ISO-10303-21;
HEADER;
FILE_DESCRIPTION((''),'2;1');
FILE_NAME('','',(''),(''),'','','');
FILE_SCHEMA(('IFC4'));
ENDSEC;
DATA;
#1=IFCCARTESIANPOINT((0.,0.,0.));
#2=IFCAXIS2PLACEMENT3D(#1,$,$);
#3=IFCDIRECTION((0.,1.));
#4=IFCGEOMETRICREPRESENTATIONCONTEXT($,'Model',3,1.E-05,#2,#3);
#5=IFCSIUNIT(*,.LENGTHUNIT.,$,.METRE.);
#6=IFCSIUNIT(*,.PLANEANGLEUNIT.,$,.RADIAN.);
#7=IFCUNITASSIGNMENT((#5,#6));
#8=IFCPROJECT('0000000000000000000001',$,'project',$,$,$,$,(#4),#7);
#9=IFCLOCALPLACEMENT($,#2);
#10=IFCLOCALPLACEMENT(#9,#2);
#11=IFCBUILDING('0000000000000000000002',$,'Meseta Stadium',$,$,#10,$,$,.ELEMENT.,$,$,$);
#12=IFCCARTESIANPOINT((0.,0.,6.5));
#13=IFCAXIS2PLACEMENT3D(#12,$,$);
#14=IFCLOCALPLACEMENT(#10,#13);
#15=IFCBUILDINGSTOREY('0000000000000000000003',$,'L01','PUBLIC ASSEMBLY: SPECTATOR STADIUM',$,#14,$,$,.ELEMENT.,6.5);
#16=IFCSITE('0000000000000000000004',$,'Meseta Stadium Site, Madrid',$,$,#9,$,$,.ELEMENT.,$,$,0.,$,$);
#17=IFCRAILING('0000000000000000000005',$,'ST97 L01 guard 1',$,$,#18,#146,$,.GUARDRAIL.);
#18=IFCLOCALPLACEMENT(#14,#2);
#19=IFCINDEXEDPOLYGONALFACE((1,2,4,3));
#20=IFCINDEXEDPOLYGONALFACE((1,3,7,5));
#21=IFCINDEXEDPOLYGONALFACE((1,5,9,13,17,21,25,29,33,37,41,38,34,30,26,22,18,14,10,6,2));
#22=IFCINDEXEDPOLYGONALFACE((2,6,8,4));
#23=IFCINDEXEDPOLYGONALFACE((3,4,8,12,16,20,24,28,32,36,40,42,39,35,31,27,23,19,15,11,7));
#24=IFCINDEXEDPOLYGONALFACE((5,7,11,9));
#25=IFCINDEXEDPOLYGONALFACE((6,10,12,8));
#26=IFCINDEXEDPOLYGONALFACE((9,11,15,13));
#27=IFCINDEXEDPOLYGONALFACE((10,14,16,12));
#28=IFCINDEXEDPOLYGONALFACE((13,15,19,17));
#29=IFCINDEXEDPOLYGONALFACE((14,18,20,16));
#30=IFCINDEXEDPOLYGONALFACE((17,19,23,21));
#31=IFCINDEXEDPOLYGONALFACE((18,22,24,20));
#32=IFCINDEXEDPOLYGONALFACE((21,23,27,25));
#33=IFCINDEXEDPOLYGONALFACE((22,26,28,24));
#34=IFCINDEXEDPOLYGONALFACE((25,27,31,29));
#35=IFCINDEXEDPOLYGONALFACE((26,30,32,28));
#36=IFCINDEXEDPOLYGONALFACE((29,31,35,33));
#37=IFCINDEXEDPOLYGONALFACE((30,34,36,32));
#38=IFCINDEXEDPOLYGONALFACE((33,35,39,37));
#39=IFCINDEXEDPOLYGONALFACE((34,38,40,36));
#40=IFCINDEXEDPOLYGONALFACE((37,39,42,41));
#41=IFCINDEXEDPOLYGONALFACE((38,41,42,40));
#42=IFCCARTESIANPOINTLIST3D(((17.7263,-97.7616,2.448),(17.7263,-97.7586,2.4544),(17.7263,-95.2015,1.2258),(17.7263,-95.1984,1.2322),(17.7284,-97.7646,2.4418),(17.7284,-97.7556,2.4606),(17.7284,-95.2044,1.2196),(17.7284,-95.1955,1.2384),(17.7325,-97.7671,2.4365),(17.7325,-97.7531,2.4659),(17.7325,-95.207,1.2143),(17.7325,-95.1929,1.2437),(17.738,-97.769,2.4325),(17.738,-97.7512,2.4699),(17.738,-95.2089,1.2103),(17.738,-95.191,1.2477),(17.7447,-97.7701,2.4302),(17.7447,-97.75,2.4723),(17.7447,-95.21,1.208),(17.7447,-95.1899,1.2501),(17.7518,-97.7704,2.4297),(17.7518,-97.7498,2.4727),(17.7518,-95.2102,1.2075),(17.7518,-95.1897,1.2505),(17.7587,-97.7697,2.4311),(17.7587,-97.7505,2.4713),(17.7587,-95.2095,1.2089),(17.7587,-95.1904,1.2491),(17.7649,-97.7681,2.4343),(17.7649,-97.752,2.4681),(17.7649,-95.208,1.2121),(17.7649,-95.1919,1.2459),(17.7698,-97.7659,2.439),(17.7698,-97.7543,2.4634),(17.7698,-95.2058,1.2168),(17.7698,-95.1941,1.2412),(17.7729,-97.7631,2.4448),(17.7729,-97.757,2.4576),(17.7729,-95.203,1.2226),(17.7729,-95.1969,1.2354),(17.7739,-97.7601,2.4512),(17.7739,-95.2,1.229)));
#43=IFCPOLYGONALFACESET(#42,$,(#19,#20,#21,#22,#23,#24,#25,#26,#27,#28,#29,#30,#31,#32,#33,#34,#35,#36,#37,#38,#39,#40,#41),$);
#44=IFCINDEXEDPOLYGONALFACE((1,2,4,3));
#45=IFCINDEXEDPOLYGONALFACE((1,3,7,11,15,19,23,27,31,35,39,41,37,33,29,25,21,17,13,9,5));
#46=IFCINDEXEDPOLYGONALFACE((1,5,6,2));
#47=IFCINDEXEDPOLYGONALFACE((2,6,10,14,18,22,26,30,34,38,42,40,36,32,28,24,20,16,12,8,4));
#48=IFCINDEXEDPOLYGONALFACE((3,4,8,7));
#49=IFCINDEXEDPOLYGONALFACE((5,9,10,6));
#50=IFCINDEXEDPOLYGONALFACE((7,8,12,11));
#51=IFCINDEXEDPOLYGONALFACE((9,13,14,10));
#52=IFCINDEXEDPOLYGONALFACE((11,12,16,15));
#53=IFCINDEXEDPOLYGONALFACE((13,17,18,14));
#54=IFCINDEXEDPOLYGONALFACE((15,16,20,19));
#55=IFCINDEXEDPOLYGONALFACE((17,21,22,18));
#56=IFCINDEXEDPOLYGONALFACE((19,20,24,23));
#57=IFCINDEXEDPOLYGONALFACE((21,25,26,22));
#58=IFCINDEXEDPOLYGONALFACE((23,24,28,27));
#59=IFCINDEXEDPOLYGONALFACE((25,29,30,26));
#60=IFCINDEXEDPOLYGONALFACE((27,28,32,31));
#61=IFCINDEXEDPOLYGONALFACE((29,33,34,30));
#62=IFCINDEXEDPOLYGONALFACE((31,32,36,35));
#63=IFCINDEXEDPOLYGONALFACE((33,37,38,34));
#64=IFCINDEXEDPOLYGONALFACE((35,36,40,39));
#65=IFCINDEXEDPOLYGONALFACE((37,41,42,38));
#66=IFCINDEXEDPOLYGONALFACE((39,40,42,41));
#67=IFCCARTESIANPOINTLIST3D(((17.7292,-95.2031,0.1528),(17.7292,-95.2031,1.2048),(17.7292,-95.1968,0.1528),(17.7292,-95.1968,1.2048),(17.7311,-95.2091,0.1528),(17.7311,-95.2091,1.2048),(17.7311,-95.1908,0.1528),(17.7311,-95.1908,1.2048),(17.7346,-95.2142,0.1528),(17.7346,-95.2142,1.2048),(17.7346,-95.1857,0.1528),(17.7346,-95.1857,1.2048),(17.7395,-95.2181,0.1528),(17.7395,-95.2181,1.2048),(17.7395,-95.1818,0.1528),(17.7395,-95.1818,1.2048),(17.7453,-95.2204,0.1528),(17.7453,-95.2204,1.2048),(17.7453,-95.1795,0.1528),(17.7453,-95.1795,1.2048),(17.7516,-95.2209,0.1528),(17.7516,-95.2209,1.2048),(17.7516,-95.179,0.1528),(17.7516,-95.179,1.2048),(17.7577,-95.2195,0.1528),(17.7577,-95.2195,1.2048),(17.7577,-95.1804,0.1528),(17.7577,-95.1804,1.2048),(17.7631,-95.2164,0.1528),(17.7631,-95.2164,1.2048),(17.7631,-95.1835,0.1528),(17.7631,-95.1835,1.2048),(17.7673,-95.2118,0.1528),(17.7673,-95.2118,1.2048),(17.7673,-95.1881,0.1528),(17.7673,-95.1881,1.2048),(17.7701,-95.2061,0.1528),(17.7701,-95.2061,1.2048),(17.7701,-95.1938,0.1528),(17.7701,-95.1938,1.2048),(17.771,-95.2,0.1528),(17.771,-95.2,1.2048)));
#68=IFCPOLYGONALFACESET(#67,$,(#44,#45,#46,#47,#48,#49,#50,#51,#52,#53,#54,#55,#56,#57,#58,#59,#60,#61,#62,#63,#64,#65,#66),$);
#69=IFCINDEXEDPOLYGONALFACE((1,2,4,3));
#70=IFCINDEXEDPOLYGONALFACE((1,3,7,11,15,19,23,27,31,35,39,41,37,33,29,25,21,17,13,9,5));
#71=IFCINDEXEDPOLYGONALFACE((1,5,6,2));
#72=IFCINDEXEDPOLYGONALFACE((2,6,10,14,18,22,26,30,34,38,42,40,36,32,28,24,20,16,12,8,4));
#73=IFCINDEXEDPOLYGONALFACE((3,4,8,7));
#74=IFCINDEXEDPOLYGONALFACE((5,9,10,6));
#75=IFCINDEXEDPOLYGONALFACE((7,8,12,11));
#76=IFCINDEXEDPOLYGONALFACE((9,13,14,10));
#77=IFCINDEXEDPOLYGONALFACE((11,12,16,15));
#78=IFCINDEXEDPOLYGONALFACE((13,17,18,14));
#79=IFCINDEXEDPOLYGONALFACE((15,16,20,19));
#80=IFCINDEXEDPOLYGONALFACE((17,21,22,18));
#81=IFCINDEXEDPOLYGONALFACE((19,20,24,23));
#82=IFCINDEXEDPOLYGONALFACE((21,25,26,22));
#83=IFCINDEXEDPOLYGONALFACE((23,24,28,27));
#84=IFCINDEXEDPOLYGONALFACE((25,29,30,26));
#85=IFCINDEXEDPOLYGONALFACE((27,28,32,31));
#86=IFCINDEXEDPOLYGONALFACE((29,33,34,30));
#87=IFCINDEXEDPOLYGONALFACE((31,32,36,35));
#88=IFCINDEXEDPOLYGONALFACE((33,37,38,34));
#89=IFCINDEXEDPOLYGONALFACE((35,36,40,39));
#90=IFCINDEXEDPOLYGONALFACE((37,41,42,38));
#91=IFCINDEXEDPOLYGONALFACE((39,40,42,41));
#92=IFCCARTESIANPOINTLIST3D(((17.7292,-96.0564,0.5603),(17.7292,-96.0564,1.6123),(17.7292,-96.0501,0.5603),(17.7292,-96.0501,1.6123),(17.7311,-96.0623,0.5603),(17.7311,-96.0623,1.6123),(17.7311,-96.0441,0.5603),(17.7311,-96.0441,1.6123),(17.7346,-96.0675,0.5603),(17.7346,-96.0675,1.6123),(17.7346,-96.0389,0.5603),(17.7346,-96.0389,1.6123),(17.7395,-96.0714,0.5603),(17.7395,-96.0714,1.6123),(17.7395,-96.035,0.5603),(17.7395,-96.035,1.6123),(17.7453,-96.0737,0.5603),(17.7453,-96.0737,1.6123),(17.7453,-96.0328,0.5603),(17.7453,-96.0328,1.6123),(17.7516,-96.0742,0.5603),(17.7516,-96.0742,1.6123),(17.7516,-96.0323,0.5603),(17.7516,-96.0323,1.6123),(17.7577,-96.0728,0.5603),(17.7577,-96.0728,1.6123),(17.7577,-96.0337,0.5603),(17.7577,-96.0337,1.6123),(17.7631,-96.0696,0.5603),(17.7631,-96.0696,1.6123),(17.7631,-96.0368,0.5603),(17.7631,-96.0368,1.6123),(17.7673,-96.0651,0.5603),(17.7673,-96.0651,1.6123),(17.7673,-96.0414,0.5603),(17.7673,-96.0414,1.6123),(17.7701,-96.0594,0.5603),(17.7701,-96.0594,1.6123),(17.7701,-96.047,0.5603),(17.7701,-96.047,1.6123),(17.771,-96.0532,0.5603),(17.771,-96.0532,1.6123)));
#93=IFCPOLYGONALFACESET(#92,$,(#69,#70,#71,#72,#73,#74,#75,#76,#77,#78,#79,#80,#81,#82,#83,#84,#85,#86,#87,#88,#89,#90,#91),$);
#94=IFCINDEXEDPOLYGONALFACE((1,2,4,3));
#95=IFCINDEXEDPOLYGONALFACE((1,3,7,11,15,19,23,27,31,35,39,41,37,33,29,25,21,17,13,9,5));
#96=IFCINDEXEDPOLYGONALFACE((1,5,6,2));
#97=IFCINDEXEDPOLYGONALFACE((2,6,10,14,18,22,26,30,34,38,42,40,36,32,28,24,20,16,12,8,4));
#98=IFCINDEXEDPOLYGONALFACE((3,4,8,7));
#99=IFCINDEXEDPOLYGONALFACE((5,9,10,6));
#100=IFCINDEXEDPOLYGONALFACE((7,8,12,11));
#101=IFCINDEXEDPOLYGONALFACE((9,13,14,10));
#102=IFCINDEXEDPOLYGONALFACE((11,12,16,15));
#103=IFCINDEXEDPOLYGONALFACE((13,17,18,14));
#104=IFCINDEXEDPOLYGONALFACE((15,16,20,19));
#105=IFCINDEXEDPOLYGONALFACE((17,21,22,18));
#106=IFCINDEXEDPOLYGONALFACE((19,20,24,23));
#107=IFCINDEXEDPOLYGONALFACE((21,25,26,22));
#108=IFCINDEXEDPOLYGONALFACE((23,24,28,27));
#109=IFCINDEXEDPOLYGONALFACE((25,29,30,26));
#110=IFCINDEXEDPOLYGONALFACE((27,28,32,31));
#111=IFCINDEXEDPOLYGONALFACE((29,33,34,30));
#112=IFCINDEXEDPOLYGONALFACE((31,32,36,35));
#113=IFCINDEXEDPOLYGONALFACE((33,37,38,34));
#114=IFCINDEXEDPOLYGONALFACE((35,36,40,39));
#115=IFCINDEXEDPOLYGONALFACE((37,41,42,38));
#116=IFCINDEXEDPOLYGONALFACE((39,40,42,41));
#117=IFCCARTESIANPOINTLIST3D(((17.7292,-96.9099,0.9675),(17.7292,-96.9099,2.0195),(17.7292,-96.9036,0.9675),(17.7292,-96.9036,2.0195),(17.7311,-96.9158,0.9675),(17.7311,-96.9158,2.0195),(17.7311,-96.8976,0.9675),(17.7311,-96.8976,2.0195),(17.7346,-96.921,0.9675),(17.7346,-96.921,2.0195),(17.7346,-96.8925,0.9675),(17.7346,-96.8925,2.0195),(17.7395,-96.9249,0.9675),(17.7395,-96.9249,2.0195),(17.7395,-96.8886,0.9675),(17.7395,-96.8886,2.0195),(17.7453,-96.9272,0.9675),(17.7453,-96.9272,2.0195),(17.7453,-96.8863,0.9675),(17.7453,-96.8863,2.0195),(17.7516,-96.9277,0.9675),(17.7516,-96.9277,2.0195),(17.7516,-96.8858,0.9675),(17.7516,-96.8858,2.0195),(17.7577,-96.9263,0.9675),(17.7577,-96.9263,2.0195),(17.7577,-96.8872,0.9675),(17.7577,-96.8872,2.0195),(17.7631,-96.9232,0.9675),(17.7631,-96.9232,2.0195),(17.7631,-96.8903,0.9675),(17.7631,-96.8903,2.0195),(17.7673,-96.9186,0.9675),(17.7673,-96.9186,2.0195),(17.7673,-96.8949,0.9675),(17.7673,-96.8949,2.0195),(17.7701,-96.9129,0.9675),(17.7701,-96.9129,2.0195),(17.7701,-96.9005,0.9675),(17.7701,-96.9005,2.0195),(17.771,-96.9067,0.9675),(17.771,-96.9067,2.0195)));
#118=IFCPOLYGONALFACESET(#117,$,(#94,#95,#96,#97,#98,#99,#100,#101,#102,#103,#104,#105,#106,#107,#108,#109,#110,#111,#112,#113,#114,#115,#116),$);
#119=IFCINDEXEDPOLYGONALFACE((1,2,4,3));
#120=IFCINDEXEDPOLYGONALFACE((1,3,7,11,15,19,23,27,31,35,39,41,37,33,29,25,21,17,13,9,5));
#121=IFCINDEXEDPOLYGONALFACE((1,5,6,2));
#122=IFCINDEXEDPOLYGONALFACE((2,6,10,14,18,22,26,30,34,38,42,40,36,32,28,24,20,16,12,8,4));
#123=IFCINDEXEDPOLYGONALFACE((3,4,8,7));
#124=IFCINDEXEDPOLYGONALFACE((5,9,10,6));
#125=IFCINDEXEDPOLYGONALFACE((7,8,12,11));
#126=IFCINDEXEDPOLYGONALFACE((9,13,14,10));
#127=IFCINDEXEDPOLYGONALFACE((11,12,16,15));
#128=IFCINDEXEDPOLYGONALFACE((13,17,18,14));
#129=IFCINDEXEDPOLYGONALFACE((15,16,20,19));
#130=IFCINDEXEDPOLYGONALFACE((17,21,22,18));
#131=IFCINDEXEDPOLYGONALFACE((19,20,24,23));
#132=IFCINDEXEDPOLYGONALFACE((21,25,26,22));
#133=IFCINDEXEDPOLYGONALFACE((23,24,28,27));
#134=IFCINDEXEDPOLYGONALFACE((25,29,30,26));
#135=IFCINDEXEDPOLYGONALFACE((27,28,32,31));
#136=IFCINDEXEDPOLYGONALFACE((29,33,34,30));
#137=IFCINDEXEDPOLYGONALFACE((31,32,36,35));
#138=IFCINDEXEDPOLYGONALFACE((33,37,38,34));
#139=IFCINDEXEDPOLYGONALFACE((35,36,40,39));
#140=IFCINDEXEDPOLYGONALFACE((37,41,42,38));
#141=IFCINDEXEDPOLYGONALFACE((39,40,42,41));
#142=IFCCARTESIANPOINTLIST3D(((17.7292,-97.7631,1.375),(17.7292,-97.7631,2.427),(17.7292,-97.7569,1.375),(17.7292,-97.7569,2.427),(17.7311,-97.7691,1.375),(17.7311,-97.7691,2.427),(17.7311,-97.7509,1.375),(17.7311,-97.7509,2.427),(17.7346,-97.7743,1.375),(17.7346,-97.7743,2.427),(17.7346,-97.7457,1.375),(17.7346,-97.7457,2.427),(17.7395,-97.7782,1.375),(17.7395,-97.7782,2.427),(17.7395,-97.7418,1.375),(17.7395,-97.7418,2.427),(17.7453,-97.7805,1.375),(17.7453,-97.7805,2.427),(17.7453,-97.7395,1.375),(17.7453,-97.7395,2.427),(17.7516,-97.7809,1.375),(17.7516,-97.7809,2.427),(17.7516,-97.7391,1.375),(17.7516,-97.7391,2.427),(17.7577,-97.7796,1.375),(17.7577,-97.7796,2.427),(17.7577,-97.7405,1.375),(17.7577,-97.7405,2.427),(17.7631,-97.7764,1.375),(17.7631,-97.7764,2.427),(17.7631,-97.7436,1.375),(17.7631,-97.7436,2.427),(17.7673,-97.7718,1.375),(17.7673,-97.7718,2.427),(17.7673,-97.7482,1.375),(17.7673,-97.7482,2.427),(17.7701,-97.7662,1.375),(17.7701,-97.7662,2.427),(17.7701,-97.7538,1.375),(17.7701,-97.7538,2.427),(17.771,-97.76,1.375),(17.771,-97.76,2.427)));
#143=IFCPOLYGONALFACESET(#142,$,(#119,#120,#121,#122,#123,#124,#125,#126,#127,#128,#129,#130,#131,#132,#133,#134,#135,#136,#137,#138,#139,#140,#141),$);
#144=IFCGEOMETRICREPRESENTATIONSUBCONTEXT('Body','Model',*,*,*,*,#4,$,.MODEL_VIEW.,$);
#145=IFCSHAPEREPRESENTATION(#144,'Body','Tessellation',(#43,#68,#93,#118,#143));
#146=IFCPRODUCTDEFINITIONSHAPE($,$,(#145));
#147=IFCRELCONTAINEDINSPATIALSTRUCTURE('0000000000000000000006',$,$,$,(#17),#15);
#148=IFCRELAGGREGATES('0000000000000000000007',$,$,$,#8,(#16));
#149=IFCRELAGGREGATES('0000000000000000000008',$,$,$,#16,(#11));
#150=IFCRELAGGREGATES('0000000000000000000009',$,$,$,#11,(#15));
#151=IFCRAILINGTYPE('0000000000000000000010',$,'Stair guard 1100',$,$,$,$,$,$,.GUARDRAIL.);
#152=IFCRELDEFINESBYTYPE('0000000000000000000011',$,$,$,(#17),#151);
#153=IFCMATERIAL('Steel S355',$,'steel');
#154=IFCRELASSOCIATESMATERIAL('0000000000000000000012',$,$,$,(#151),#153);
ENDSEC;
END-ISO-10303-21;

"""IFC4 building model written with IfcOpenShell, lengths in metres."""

from ifc_helpers import new_model, si_unit, direction, frame, origin, origin_2d, place, context, subcontext, project, spatial, circle, extrude, material, type_object, element, save


model = new_model("IFC4")

# Units and contexts
model_context = context("Model", 3, precision=1e-05, world=origin(), true_north=direction((0.0, 1.0)))
body_context = subcontext(model_context, "Body", "Model", "MODEL_VIEW")
ifc_project = project(units=[si_unit("LENGTHUNIT", "METRE"), si_unit("PLANEANGLEUNIT", "RADIAN")], contexts=[model_context])

# Site, building, storey
site_placement = place(None, origin())
site = spatial("IfcSite", under=ifc_project, at=site_placement, Name="Meseta Stadium Site, Madrid", CompositionType="ELEMENT", RefElevation=0.0)
building_placement = place(site_placement, origin())
building = spatial("IfcBuilding", under=site, at=building_placement, Name="Meseta Stadium", CompositionType="ELEMENT")
storey_placement = place(building_placement, frame((0.0, 0.0, 6.5)))
storey = spatial("IfcBuildingStorey", under=building, at=storey_placement, Name="L01", Description="PUBLIC ASSEMBLY: SPECTATOR STADIUM", CompositionType="ELEMENT", Elevation=6.5)

# Railing
ifc_material_1 = material(Name="Steel S355", Category="steel")
railing_type_1 = type_object("IfcRailingType", Name="Stair guard 1100", PredefinedType="GUARDRAIL", material=ifc_material_1)
railing_1_placement = place(storey_placement, frame((17.75, -95.2, 0.1528)))
element("IfcRailing", 1, at=railing_1_placement, inside=storey, type_object=railing_type_1, Name="ST97 L01 guard 1", PredefinedType="GUARDRAIL", context=body_context, shape_type="SweptSolid", body=[
    extrude(circle(Radius=0.0239, at=origin_2d()), frame((0.0, 0.0, 1.0762), z_axis=(0.0, -0.902437, 0.430822), x_axis=(1.0, 0.0, 0.0)), (0.0, 0.0, 1.0), 2.8369),
    extrude(circle(Radius=0.021, at=origin_2d()), origin(), (0.0, 0.0, 1.0), 1.052),
    extrude(circle(Radius=0.021, at=origin_2d()), frame((0.0, -0.8533, 0.4075)), (0.0, 0.0, 1.0), 1.052),
    extrude(circle(Radius=0.021, at=origin_2d()), frame((0.0, -1.7068, 0.8147)), (0.0, 0.0, 1.0), 1.052),
    extrude(circle(Radius=0.021, at=origin_2d()), frame((0.0, -2.5601, 1.2222)), (0.0, 0.0, 1.0), 1.052),
])

save(model, "model.ifc")
